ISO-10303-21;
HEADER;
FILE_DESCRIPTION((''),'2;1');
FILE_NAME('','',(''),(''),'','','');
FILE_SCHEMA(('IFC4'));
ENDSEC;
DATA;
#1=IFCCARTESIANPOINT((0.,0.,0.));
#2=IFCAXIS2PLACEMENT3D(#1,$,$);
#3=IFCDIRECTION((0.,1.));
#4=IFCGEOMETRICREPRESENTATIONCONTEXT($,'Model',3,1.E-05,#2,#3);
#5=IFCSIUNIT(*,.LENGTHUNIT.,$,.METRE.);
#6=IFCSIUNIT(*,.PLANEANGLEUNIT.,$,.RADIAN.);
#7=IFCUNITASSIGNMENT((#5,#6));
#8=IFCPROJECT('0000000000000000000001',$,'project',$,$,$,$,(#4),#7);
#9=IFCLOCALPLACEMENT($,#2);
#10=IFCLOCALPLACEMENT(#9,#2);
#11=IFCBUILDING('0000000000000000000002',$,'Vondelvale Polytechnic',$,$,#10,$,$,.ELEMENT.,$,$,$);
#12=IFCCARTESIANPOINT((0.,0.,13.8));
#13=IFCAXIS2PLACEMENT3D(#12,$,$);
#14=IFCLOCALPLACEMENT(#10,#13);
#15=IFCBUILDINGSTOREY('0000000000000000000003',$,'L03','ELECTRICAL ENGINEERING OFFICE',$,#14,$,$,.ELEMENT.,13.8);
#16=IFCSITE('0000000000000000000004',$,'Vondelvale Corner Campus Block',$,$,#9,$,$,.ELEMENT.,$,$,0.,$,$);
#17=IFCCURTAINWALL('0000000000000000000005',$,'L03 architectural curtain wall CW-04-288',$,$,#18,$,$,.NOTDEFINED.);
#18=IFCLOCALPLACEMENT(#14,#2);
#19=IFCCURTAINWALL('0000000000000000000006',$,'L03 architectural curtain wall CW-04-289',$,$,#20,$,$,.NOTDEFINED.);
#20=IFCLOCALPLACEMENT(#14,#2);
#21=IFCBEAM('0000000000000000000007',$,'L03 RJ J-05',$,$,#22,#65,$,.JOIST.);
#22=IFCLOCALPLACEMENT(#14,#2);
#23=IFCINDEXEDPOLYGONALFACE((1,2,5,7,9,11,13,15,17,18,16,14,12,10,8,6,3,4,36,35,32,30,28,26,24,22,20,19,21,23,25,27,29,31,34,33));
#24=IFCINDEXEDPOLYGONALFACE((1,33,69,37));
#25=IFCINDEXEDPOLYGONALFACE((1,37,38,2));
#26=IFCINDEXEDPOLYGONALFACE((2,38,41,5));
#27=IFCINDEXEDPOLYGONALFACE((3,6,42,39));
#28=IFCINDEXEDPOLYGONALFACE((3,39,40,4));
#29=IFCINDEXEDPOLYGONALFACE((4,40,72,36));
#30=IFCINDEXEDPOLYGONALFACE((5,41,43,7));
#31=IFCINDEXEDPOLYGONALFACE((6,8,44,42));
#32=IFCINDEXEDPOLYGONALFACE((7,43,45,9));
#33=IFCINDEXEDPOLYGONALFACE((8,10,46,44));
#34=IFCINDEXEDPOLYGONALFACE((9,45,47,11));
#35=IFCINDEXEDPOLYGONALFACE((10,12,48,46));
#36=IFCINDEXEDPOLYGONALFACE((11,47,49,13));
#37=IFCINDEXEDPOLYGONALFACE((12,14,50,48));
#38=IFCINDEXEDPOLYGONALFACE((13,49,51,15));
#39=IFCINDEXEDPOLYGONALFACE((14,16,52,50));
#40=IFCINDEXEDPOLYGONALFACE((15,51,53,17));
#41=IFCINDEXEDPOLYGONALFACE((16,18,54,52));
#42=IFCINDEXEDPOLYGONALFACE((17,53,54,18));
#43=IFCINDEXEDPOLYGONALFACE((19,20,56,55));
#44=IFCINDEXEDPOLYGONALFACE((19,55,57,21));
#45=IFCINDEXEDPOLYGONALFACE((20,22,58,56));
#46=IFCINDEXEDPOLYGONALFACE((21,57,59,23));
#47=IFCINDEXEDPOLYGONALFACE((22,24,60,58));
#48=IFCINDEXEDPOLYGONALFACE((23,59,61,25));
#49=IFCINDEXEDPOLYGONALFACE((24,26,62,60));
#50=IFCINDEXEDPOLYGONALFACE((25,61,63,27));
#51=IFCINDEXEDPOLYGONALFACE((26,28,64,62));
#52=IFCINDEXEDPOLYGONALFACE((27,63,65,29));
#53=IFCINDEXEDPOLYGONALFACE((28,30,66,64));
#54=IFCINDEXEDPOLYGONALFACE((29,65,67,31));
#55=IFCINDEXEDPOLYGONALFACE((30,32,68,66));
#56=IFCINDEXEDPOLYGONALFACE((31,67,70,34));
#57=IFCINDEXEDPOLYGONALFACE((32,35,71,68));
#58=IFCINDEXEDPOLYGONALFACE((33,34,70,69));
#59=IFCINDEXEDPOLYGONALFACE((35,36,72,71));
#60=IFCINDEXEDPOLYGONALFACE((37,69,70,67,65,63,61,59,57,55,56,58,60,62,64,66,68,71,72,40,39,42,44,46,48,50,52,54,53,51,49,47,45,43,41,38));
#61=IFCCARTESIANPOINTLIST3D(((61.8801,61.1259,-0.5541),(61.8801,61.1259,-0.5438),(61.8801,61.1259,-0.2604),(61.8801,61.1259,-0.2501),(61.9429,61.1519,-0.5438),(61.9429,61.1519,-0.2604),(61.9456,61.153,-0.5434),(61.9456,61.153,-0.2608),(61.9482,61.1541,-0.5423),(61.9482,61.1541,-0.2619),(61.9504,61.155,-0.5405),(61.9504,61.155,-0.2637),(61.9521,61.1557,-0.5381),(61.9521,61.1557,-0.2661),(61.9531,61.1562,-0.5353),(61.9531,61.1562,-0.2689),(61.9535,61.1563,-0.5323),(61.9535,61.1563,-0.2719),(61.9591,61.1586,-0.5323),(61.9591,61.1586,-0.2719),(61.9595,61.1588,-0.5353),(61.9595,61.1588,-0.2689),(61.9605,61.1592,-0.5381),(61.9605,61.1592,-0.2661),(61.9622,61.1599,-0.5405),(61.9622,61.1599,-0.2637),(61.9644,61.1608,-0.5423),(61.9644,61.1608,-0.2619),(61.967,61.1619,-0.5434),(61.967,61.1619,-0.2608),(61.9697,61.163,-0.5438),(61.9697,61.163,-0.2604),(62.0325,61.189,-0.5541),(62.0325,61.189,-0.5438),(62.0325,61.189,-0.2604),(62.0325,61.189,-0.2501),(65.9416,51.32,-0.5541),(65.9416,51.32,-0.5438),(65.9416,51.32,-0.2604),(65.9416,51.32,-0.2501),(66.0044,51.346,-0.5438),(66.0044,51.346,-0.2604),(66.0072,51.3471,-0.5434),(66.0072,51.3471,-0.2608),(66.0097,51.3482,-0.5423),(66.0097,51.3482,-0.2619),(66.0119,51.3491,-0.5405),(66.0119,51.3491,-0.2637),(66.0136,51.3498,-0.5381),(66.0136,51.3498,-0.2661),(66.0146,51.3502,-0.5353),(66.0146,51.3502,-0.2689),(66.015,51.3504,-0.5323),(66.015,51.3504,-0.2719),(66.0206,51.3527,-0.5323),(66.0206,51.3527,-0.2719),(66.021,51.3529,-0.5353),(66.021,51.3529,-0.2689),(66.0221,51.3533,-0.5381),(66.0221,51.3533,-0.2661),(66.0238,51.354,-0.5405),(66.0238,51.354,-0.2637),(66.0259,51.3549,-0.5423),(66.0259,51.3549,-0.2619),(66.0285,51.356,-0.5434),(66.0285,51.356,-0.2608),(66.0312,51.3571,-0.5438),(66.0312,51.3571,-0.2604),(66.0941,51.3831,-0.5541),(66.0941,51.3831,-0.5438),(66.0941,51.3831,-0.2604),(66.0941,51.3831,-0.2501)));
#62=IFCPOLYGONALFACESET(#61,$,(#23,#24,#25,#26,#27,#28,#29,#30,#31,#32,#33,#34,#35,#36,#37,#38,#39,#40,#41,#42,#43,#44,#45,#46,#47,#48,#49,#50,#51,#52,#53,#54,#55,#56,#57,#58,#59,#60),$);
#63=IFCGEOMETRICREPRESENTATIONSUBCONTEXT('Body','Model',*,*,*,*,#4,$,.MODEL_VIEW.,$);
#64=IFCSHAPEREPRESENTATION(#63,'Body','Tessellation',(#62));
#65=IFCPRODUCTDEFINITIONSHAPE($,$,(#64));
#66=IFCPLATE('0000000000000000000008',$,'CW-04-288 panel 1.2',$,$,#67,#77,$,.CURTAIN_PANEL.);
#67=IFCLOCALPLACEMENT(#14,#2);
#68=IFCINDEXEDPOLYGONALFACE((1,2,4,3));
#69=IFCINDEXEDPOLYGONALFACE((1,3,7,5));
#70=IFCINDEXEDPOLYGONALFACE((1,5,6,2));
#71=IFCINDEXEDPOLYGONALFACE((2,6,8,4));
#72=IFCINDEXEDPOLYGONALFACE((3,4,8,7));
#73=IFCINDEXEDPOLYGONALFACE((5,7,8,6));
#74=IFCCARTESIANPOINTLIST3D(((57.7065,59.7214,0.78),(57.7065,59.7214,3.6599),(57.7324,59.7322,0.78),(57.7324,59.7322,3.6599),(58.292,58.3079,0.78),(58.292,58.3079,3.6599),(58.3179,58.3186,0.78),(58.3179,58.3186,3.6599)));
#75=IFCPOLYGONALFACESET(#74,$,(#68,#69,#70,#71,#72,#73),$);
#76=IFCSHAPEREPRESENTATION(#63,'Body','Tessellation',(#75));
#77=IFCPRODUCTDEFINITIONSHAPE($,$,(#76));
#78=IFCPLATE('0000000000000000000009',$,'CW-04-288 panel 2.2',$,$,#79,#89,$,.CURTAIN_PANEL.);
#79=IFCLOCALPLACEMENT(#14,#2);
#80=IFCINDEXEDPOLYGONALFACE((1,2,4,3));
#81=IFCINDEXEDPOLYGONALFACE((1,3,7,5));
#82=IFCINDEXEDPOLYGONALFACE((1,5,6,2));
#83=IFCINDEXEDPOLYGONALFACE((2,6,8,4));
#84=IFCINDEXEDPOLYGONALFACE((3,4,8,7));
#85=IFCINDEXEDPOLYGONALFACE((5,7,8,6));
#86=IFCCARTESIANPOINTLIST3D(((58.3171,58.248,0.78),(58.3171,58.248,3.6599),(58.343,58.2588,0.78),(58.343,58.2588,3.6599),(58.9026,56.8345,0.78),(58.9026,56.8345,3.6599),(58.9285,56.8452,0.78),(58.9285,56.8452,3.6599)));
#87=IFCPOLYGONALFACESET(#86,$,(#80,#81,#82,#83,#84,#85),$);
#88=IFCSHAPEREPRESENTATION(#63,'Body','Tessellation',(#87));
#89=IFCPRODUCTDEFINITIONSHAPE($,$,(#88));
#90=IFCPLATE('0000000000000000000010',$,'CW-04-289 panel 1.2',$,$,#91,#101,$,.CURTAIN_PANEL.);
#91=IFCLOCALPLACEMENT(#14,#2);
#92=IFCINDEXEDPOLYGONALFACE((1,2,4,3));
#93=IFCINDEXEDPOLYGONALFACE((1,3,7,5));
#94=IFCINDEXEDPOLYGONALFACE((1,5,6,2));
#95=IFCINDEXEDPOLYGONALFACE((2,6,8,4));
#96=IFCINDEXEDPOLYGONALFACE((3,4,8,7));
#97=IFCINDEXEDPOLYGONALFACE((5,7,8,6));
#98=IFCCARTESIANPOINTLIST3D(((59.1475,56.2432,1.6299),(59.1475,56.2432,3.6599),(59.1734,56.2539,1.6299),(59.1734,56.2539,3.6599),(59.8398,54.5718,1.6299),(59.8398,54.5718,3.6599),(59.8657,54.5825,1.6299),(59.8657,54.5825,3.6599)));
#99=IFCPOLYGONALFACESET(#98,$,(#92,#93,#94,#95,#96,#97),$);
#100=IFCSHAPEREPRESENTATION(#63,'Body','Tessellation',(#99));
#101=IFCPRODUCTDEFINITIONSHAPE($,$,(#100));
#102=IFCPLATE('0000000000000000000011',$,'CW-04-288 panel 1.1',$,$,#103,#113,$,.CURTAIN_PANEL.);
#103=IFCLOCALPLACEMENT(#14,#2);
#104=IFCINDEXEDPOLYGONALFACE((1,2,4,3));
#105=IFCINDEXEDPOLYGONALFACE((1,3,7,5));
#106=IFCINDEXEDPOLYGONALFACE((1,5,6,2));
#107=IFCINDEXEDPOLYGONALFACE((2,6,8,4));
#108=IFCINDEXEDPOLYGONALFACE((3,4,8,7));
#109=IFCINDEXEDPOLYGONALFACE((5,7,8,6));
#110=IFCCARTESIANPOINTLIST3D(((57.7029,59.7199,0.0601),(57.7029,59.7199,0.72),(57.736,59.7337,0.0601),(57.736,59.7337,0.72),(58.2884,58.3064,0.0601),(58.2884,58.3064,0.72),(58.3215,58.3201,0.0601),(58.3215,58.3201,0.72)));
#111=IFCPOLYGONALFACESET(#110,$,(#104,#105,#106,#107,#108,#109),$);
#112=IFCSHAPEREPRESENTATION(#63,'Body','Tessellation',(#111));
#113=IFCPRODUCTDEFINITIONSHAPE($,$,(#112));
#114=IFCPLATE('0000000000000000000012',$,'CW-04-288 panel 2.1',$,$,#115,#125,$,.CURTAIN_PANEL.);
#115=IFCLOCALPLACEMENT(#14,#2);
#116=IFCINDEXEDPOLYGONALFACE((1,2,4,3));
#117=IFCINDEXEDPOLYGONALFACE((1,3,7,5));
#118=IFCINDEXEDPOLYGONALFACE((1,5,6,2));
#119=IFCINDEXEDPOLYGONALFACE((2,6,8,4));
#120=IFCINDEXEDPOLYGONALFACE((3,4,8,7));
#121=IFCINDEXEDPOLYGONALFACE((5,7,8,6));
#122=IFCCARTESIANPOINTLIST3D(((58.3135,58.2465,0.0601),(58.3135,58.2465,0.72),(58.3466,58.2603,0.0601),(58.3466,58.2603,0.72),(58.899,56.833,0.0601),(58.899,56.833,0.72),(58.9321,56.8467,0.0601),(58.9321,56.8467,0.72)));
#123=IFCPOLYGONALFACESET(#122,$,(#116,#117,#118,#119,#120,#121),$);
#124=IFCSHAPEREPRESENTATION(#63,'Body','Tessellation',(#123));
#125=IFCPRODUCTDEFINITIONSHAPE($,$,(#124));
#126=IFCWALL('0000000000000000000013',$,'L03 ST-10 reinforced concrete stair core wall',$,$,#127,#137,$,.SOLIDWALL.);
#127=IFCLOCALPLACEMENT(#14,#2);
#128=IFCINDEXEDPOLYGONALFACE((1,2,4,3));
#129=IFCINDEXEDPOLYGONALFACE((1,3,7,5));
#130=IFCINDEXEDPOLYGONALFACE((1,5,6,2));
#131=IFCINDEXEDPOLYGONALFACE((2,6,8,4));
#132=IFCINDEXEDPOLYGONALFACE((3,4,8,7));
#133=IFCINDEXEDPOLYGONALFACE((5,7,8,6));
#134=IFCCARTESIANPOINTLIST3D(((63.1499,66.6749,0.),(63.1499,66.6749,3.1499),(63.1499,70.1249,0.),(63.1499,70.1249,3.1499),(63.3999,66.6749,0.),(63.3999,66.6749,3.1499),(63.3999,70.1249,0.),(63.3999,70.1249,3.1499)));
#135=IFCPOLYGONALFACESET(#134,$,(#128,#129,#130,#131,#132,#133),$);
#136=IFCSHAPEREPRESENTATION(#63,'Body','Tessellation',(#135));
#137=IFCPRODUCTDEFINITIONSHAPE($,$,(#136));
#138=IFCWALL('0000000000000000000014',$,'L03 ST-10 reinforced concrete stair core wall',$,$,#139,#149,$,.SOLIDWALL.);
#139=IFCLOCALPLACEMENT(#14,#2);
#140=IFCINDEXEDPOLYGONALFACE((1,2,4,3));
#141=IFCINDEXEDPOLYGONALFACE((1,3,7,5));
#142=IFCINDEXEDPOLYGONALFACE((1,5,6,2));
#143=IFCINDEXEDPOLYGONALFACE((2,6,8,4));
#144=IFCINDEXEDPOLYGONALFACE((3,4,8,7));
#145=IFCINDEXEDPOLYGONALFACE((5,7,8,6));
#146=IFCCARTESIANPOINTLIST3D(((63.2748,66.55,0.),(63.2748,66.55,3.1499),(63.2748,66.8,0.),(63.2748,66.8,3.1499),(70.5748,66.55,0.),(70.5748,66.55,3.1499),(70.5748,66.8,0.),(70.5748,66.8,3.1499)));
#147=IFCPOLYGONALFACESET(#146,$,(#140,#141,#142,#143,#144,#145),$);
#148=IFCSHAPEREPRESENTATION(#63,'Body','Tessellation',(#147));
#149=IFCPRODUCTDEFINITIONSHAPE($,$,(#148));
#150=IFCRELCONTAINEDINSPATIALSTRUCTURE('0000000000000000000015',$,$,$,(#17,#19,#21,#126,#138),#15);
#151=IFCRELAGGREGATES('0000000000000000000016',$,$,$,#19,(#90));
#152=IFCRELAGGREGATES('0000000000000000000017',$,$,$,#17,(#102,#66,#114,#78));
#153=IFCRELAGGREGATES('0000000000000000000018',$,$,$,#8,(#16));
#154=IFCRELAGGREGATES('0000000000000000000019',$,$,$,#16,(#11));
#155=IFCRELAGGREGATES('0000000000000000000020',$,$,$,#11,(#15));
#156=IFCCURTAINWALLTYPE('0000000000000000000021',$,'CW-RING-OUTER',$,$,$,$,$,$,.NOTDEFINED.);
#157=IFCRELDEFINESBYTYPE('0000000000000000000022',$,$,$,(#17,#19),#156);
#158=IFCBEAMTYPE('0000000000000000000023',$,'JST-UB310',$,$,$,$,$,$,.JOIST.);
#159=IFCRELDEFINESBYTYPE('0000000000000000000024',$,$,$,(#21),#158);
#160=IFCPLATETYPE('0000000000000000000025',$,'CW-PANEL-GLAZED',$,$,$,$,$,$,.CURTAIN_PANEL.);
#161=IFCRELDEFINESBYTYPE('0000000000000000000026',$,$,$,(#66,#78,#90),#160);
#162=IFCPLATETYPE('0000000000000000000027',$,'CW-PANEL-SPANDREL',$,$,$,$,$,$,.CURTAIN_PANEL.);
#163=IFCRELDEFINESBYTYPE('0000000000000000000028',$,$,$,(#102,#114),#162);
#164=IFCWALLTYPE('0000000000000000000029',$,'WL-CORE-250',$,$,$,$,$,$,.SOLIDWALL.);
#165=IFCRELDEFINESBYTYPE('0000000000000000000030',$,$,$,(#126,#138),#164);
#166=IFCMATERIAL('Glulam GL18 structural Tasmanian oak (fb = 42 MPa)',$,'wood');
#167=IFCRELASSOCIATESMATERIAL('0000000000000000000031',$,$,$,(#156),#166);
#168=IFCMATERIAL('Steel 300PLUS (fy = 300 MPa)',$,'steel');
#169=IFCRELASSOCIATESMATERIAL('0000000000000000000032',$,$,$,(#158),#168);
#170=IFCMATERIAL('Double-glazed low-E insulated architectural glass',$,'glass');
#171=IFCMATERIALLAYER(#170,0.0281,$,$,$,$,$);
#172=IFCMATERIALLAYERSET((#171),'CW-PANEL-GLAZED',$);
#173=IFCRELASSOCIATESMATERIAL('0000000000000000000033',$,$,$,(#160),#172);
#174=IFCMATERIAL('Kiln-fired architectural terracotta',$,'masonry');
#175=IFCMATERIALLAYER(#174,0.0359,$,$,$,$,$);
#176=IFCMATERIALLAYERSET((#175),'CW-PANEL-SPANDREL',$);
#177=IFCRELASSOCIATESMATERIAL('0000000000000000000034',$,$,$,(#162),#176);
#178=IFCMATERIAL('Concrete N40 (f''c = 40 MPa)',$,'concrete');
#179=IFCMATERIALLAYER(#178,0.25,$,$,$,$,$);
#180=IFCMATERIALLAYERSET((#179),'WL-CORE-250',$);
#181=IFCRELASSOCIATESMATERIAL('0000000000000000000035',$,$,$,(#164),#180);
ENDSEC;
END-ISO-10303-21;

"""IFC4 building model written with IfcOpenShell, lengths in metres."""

from ifc_helpers import new_model, si_unit, direction, frame, frame_2d, origin, origin_2d, place, context, subcontext, project, spatial, rectangle, i_section, extrude, material, layer, layer_set, material_profile, profile_set, type_object, element, aggregate, save


model = new_model("IFC4")

# Units and contexts
model_context = context("Model", 3, precision=1e-05, world=origin(), true_north=direction((0.0, 1.0)))
body_context = subcontext(model_context, "Body", "Model", "MODEL_VIEW")
ifc_project = project(units=[si_unit("LENGTHUNIT", "METRE"), si_unit("PLANEANGLEUNIT", "RADIAN")], contexts=[model_context])

# Site, building, storey
site_placement = place(None, origin())
site = spatial("IfcSite", under=ifc_project, at=site_placement, Name="Vondelvale Corner Campus Block", CompositionType="ELEMENT", RefElevation=0.0)
building_placement = place(site_placement, origin())
building = spatial("IfcBuilding", under=site, at=building_placement, Name="Vondelvale Polytechnic", CompositionType="ELEMENT")
storey_placement = place(building_placement, frame((0.0, 0.0, 13.8)))
storey = spatial("IfcBuildingStorey", under=building, at=storey_placement, Name="L03", Description="ELECTRICAL ENGINEERING OFFICE", CompositionType="ELEMENT", Elevation=13.8)

# Shared definitions
ifc_material_1 = material(Name="Glulam GL18 structural Tasmanian oak (fb = 42 MPa)", Category="wood")

# Curtain wall
curtain_wall_type = type_object("IfcCurtainWallType", Name="CW-RING-OUTER", PredefinedType="NOTDEFINED", material=ifc_material_1)
curtain_wall_1_placement = place(storey_placement, origin())
curtain_wall_1 = element("IfcCurtainWall", 1, at=curtain_wall_1_placement, inside=storey, type_object=curtain_wall_type, Name="L03 architectural curtain wall CW-04-288", PredefinedType="NOTDEFINED")

# Curtain wall
curtain_wall_2_placement = place(storey_placement, origin())
curtain_wall_2 = element("IfcCurtainWall", 2, at=curtain_wall_2_placement, inside=storey, type_object=curtain_wall_type, Name="L03 architectural curtain wall CW-04-289", PredefinedType="NOTDEFINED")

# Beam
ifc_material_2 = material(Name="Steel 300PLUS (fy = 300 MPa)", Category="steel")
ifc_material_profile_1 = material_profile(ifc_material_2, i_section(OverallWidth=0.165, OverallDepth=0.304, WebThickness=0.0061, FlangeThickness=0.0103, FilletRadius=0.0115, at=origin_2d()), Name="310UB40.4")
ifc_profile_set_1 = profile_set([ifc_material_profile_1], Name="Steel 300PLUS (fy = 300 MPa)")
beam_type = type_object("IfcBeamType", Name="JST-UB310", PredefinedType="JOIST", material=ifc_profile_set_1)
beam_placement = place(storey_placement, frame((61.9563, 61.1575, -0.4021), z_axis=(0.382666, -0.923887, 0.0), x_axis=(0.923887, 0.382666, 0.0)))
element("IfcBeam", 3, at=beam_placement, inside=storey, type_object=beam_type, Name="L03 RJ J-05", PredefinedType="JOIST", context=body_context, shape_type="SweptSolid", body=[
    extrude(i_section(OverallWidth=0.165, OverallDepth=0.304, WebThickness=0.0061, FlangeThickness=0.0103, FilletRadius=0.0115, at=origin_2d()), origin(), (0.0, 0.0, 1.0), 10.6138),
])

# Plates
ifc_material_3 = material(Name="Double-glazed low-E insulated architectural glass", Category="glass")
ifc_layer_1 = layer(ifc_material_3, 0.0281)
ifc_layer_set_1 = layer_set([ifc_layer_1], Name="CW-PANEL-GLAZED")
plate_type_1 = type_object("IfcPlateType", Name="CW-PANEL-GLAZED", PredefinedType="CURTAIN_PANEL", material=ifc_layer_set_1)
plate_1_placement = place(storey_placement, frame((58.0122, 59.02, 0.78), z_axis=(0.0, 0.0, 1.0), x_axis=(0.382677, -0.923882, 0.0)))
plate_1 = element("IfcPlate", 4, at=plate_1_placement, type_object=plate_type_1, Name="CW-04-288 panel 1.2", PredefinedType="CURTAIN_PANEL", context=body_context, shape_type="SweptSolid", body=[
    extrude(rectangle(XDim=1.53, YDim=0.0281, at=origin_2d()), origin(), (0.0, 0.0, 1.0), 2.8799),
])
plate_2_placement = place(storey_placement, frame((58.6228, 57.5466, 0.78), z_axis=(0.0, 0.0, 1.0), x_axis=(0.382677, -0.923882, 0.0)))
plate_2 = element("IfcPlate", 5, at=plate_2_placement, type_object=plate_type_1, Name="CW-04-288 panel 2.2", PredefinedType="CURTAIN_PANEL", context=body_context, shape_type="SweptSolid", body=[
    extrude(rectangle(XDim=1.53, YDim=0.0281, at=origin_2d()), origin(), (0.0, 0.0, 1.0), 2.8799),
])
plate_3_placement = place(storey_placement, frame((59.5066, 55.4128, 1.6299), z_axis=(0.0, 0.0, 1.0), x_axis=(0.382695, -0.923875, 0.0)))
plate_3 = element("IfcPlate", 6, at=plate_3_placement, type_object=plate_type_1, Name="CW-04-289 panel 1.2", PredefinedType="CURTAIN_PANEL", context=body_context, shape_type="SweptSolid", body=[
    extrude(rectangle(XDim=1.8091, YDim=0.0281, at=origin_2d()), origin(), (0.0, 0.0, 1.0), 2.03),
])
aggregate(curtain_wall_2, [plate_3])
ifc_material_4 = material(Name="Kiln-fired architectural terracotta", Category="masonry")
ifc_layer_2 = layer(ifc_material_4, 0.0359)
ifc_layer_set_2 = layer_set([ifc_layer_2], Name="CW-PANEL-SPANDREL")
plate_type_2 = type_object("IfcPlateType", Name="CW-PANEL-SPANDREL", PredefinedType="CURTAIN_PANEL", material=ifc_layer_set_2)
plate_4_placement = place(storey_placement, frame((58.0122, 59.02, 0.0601), z_axis=(0.0, 0.0, 1.0), x_axis=(0.382677, -0.923882, 0.0)))
plate_4 = element("IfcPlate", 7, at=plate_4_placement, type_object=plate_type_2, Name="CW-04-288 panel 1.1", PredefinedType="CURTAIN_PANEL", context=body_context, shape_type="SweptSolid", body=[
    extrude(rectangle(XDim=1.53, YDim=0.0359, at=origin_2d()), origin(), (0.0, 0.0, 1.0), 0.6599),
])
plate_5_placement = place(storey_placement, frame((58.6228, 57.5466, 0.0601), z_axis=(0.0, 0.0, 1.0), x_axis=(0.382677, -0.923882, 0.0)))
plate_5 = element("IfcPlate", 8, at=plate_5_placement, type_object=plate_type_2, Name="CW-04-288 panel 2.1", PredefinedType="CURTAIN_PANEL", context=body_context, shape_type="SweptSolid", body=[
    extrude(rectangle(XDim=1.53, YDim=0.0359, at=origin_2d()), origin(), (0.0, 0.0, 1.0), 0.6599),
])
aggregate(curtain_wall_1, [plate_4, plate_1, plate_5, plate_2])

# Walls
ifc_material_5 = material(Name="Concrete N40 (f'c = 40 MPa)", Category="concrete")
ifc_layer_3 = layer(ifc_material_5, 0.25)
ifc_layer_set_3 = layer_set([ifc_layer_3], Name="WL-CORE-250")
wall_type = type_object("IfcWallType", Name="WL-CORE-250", PredefinedType="SOLIDWALL", material=ifc_layer_set_3)
wall_1_placement = place(storey_placement, frame((63.2749, 70.125, 0.0), z_axis=(0.0, 0.0, 1.0), x_axis=(0.0, -1.0, 0.0)))
element("IfcWall", 9, at=wall_1_placement, inside=storey, type_object=wall_type, Name="L03 ST-10 reinforced concrete stair core wall", PredefinedType="SOLIDWALL", context=body_context, shape_type="SweptSolid", body=[
    extrude(rectangle(XDim=3.45, YDim=0.25, at=frame_2d((1.7251, 0.0))), origin(), (0.0, 0.0, 1.0), 3.1499),
])
wall_2_placement = place(storey_placement, frame((63.2749, 66.675, 0.0), z_axis=(0.0, 0.0, 1.0), x_axis=(1.0, 0.0, 0.0)))
element("IfcWall", 10, at=wall_2_placement, inside=storey, type_object=wall_type, Name="L03 ST-10 reinforced concrete stair core wall", PredefinedType="SOLIDWALL", context=body_context, shape_type="SweptSolid", body=[
    extrude(rectangle(XDim=7.3, YDim=0.25, at=frame_2d((3.6499, 0.0))), origin(), (0.0, 0.0, 1.0), 3.1499),
])

save(model, "model.ifc")
